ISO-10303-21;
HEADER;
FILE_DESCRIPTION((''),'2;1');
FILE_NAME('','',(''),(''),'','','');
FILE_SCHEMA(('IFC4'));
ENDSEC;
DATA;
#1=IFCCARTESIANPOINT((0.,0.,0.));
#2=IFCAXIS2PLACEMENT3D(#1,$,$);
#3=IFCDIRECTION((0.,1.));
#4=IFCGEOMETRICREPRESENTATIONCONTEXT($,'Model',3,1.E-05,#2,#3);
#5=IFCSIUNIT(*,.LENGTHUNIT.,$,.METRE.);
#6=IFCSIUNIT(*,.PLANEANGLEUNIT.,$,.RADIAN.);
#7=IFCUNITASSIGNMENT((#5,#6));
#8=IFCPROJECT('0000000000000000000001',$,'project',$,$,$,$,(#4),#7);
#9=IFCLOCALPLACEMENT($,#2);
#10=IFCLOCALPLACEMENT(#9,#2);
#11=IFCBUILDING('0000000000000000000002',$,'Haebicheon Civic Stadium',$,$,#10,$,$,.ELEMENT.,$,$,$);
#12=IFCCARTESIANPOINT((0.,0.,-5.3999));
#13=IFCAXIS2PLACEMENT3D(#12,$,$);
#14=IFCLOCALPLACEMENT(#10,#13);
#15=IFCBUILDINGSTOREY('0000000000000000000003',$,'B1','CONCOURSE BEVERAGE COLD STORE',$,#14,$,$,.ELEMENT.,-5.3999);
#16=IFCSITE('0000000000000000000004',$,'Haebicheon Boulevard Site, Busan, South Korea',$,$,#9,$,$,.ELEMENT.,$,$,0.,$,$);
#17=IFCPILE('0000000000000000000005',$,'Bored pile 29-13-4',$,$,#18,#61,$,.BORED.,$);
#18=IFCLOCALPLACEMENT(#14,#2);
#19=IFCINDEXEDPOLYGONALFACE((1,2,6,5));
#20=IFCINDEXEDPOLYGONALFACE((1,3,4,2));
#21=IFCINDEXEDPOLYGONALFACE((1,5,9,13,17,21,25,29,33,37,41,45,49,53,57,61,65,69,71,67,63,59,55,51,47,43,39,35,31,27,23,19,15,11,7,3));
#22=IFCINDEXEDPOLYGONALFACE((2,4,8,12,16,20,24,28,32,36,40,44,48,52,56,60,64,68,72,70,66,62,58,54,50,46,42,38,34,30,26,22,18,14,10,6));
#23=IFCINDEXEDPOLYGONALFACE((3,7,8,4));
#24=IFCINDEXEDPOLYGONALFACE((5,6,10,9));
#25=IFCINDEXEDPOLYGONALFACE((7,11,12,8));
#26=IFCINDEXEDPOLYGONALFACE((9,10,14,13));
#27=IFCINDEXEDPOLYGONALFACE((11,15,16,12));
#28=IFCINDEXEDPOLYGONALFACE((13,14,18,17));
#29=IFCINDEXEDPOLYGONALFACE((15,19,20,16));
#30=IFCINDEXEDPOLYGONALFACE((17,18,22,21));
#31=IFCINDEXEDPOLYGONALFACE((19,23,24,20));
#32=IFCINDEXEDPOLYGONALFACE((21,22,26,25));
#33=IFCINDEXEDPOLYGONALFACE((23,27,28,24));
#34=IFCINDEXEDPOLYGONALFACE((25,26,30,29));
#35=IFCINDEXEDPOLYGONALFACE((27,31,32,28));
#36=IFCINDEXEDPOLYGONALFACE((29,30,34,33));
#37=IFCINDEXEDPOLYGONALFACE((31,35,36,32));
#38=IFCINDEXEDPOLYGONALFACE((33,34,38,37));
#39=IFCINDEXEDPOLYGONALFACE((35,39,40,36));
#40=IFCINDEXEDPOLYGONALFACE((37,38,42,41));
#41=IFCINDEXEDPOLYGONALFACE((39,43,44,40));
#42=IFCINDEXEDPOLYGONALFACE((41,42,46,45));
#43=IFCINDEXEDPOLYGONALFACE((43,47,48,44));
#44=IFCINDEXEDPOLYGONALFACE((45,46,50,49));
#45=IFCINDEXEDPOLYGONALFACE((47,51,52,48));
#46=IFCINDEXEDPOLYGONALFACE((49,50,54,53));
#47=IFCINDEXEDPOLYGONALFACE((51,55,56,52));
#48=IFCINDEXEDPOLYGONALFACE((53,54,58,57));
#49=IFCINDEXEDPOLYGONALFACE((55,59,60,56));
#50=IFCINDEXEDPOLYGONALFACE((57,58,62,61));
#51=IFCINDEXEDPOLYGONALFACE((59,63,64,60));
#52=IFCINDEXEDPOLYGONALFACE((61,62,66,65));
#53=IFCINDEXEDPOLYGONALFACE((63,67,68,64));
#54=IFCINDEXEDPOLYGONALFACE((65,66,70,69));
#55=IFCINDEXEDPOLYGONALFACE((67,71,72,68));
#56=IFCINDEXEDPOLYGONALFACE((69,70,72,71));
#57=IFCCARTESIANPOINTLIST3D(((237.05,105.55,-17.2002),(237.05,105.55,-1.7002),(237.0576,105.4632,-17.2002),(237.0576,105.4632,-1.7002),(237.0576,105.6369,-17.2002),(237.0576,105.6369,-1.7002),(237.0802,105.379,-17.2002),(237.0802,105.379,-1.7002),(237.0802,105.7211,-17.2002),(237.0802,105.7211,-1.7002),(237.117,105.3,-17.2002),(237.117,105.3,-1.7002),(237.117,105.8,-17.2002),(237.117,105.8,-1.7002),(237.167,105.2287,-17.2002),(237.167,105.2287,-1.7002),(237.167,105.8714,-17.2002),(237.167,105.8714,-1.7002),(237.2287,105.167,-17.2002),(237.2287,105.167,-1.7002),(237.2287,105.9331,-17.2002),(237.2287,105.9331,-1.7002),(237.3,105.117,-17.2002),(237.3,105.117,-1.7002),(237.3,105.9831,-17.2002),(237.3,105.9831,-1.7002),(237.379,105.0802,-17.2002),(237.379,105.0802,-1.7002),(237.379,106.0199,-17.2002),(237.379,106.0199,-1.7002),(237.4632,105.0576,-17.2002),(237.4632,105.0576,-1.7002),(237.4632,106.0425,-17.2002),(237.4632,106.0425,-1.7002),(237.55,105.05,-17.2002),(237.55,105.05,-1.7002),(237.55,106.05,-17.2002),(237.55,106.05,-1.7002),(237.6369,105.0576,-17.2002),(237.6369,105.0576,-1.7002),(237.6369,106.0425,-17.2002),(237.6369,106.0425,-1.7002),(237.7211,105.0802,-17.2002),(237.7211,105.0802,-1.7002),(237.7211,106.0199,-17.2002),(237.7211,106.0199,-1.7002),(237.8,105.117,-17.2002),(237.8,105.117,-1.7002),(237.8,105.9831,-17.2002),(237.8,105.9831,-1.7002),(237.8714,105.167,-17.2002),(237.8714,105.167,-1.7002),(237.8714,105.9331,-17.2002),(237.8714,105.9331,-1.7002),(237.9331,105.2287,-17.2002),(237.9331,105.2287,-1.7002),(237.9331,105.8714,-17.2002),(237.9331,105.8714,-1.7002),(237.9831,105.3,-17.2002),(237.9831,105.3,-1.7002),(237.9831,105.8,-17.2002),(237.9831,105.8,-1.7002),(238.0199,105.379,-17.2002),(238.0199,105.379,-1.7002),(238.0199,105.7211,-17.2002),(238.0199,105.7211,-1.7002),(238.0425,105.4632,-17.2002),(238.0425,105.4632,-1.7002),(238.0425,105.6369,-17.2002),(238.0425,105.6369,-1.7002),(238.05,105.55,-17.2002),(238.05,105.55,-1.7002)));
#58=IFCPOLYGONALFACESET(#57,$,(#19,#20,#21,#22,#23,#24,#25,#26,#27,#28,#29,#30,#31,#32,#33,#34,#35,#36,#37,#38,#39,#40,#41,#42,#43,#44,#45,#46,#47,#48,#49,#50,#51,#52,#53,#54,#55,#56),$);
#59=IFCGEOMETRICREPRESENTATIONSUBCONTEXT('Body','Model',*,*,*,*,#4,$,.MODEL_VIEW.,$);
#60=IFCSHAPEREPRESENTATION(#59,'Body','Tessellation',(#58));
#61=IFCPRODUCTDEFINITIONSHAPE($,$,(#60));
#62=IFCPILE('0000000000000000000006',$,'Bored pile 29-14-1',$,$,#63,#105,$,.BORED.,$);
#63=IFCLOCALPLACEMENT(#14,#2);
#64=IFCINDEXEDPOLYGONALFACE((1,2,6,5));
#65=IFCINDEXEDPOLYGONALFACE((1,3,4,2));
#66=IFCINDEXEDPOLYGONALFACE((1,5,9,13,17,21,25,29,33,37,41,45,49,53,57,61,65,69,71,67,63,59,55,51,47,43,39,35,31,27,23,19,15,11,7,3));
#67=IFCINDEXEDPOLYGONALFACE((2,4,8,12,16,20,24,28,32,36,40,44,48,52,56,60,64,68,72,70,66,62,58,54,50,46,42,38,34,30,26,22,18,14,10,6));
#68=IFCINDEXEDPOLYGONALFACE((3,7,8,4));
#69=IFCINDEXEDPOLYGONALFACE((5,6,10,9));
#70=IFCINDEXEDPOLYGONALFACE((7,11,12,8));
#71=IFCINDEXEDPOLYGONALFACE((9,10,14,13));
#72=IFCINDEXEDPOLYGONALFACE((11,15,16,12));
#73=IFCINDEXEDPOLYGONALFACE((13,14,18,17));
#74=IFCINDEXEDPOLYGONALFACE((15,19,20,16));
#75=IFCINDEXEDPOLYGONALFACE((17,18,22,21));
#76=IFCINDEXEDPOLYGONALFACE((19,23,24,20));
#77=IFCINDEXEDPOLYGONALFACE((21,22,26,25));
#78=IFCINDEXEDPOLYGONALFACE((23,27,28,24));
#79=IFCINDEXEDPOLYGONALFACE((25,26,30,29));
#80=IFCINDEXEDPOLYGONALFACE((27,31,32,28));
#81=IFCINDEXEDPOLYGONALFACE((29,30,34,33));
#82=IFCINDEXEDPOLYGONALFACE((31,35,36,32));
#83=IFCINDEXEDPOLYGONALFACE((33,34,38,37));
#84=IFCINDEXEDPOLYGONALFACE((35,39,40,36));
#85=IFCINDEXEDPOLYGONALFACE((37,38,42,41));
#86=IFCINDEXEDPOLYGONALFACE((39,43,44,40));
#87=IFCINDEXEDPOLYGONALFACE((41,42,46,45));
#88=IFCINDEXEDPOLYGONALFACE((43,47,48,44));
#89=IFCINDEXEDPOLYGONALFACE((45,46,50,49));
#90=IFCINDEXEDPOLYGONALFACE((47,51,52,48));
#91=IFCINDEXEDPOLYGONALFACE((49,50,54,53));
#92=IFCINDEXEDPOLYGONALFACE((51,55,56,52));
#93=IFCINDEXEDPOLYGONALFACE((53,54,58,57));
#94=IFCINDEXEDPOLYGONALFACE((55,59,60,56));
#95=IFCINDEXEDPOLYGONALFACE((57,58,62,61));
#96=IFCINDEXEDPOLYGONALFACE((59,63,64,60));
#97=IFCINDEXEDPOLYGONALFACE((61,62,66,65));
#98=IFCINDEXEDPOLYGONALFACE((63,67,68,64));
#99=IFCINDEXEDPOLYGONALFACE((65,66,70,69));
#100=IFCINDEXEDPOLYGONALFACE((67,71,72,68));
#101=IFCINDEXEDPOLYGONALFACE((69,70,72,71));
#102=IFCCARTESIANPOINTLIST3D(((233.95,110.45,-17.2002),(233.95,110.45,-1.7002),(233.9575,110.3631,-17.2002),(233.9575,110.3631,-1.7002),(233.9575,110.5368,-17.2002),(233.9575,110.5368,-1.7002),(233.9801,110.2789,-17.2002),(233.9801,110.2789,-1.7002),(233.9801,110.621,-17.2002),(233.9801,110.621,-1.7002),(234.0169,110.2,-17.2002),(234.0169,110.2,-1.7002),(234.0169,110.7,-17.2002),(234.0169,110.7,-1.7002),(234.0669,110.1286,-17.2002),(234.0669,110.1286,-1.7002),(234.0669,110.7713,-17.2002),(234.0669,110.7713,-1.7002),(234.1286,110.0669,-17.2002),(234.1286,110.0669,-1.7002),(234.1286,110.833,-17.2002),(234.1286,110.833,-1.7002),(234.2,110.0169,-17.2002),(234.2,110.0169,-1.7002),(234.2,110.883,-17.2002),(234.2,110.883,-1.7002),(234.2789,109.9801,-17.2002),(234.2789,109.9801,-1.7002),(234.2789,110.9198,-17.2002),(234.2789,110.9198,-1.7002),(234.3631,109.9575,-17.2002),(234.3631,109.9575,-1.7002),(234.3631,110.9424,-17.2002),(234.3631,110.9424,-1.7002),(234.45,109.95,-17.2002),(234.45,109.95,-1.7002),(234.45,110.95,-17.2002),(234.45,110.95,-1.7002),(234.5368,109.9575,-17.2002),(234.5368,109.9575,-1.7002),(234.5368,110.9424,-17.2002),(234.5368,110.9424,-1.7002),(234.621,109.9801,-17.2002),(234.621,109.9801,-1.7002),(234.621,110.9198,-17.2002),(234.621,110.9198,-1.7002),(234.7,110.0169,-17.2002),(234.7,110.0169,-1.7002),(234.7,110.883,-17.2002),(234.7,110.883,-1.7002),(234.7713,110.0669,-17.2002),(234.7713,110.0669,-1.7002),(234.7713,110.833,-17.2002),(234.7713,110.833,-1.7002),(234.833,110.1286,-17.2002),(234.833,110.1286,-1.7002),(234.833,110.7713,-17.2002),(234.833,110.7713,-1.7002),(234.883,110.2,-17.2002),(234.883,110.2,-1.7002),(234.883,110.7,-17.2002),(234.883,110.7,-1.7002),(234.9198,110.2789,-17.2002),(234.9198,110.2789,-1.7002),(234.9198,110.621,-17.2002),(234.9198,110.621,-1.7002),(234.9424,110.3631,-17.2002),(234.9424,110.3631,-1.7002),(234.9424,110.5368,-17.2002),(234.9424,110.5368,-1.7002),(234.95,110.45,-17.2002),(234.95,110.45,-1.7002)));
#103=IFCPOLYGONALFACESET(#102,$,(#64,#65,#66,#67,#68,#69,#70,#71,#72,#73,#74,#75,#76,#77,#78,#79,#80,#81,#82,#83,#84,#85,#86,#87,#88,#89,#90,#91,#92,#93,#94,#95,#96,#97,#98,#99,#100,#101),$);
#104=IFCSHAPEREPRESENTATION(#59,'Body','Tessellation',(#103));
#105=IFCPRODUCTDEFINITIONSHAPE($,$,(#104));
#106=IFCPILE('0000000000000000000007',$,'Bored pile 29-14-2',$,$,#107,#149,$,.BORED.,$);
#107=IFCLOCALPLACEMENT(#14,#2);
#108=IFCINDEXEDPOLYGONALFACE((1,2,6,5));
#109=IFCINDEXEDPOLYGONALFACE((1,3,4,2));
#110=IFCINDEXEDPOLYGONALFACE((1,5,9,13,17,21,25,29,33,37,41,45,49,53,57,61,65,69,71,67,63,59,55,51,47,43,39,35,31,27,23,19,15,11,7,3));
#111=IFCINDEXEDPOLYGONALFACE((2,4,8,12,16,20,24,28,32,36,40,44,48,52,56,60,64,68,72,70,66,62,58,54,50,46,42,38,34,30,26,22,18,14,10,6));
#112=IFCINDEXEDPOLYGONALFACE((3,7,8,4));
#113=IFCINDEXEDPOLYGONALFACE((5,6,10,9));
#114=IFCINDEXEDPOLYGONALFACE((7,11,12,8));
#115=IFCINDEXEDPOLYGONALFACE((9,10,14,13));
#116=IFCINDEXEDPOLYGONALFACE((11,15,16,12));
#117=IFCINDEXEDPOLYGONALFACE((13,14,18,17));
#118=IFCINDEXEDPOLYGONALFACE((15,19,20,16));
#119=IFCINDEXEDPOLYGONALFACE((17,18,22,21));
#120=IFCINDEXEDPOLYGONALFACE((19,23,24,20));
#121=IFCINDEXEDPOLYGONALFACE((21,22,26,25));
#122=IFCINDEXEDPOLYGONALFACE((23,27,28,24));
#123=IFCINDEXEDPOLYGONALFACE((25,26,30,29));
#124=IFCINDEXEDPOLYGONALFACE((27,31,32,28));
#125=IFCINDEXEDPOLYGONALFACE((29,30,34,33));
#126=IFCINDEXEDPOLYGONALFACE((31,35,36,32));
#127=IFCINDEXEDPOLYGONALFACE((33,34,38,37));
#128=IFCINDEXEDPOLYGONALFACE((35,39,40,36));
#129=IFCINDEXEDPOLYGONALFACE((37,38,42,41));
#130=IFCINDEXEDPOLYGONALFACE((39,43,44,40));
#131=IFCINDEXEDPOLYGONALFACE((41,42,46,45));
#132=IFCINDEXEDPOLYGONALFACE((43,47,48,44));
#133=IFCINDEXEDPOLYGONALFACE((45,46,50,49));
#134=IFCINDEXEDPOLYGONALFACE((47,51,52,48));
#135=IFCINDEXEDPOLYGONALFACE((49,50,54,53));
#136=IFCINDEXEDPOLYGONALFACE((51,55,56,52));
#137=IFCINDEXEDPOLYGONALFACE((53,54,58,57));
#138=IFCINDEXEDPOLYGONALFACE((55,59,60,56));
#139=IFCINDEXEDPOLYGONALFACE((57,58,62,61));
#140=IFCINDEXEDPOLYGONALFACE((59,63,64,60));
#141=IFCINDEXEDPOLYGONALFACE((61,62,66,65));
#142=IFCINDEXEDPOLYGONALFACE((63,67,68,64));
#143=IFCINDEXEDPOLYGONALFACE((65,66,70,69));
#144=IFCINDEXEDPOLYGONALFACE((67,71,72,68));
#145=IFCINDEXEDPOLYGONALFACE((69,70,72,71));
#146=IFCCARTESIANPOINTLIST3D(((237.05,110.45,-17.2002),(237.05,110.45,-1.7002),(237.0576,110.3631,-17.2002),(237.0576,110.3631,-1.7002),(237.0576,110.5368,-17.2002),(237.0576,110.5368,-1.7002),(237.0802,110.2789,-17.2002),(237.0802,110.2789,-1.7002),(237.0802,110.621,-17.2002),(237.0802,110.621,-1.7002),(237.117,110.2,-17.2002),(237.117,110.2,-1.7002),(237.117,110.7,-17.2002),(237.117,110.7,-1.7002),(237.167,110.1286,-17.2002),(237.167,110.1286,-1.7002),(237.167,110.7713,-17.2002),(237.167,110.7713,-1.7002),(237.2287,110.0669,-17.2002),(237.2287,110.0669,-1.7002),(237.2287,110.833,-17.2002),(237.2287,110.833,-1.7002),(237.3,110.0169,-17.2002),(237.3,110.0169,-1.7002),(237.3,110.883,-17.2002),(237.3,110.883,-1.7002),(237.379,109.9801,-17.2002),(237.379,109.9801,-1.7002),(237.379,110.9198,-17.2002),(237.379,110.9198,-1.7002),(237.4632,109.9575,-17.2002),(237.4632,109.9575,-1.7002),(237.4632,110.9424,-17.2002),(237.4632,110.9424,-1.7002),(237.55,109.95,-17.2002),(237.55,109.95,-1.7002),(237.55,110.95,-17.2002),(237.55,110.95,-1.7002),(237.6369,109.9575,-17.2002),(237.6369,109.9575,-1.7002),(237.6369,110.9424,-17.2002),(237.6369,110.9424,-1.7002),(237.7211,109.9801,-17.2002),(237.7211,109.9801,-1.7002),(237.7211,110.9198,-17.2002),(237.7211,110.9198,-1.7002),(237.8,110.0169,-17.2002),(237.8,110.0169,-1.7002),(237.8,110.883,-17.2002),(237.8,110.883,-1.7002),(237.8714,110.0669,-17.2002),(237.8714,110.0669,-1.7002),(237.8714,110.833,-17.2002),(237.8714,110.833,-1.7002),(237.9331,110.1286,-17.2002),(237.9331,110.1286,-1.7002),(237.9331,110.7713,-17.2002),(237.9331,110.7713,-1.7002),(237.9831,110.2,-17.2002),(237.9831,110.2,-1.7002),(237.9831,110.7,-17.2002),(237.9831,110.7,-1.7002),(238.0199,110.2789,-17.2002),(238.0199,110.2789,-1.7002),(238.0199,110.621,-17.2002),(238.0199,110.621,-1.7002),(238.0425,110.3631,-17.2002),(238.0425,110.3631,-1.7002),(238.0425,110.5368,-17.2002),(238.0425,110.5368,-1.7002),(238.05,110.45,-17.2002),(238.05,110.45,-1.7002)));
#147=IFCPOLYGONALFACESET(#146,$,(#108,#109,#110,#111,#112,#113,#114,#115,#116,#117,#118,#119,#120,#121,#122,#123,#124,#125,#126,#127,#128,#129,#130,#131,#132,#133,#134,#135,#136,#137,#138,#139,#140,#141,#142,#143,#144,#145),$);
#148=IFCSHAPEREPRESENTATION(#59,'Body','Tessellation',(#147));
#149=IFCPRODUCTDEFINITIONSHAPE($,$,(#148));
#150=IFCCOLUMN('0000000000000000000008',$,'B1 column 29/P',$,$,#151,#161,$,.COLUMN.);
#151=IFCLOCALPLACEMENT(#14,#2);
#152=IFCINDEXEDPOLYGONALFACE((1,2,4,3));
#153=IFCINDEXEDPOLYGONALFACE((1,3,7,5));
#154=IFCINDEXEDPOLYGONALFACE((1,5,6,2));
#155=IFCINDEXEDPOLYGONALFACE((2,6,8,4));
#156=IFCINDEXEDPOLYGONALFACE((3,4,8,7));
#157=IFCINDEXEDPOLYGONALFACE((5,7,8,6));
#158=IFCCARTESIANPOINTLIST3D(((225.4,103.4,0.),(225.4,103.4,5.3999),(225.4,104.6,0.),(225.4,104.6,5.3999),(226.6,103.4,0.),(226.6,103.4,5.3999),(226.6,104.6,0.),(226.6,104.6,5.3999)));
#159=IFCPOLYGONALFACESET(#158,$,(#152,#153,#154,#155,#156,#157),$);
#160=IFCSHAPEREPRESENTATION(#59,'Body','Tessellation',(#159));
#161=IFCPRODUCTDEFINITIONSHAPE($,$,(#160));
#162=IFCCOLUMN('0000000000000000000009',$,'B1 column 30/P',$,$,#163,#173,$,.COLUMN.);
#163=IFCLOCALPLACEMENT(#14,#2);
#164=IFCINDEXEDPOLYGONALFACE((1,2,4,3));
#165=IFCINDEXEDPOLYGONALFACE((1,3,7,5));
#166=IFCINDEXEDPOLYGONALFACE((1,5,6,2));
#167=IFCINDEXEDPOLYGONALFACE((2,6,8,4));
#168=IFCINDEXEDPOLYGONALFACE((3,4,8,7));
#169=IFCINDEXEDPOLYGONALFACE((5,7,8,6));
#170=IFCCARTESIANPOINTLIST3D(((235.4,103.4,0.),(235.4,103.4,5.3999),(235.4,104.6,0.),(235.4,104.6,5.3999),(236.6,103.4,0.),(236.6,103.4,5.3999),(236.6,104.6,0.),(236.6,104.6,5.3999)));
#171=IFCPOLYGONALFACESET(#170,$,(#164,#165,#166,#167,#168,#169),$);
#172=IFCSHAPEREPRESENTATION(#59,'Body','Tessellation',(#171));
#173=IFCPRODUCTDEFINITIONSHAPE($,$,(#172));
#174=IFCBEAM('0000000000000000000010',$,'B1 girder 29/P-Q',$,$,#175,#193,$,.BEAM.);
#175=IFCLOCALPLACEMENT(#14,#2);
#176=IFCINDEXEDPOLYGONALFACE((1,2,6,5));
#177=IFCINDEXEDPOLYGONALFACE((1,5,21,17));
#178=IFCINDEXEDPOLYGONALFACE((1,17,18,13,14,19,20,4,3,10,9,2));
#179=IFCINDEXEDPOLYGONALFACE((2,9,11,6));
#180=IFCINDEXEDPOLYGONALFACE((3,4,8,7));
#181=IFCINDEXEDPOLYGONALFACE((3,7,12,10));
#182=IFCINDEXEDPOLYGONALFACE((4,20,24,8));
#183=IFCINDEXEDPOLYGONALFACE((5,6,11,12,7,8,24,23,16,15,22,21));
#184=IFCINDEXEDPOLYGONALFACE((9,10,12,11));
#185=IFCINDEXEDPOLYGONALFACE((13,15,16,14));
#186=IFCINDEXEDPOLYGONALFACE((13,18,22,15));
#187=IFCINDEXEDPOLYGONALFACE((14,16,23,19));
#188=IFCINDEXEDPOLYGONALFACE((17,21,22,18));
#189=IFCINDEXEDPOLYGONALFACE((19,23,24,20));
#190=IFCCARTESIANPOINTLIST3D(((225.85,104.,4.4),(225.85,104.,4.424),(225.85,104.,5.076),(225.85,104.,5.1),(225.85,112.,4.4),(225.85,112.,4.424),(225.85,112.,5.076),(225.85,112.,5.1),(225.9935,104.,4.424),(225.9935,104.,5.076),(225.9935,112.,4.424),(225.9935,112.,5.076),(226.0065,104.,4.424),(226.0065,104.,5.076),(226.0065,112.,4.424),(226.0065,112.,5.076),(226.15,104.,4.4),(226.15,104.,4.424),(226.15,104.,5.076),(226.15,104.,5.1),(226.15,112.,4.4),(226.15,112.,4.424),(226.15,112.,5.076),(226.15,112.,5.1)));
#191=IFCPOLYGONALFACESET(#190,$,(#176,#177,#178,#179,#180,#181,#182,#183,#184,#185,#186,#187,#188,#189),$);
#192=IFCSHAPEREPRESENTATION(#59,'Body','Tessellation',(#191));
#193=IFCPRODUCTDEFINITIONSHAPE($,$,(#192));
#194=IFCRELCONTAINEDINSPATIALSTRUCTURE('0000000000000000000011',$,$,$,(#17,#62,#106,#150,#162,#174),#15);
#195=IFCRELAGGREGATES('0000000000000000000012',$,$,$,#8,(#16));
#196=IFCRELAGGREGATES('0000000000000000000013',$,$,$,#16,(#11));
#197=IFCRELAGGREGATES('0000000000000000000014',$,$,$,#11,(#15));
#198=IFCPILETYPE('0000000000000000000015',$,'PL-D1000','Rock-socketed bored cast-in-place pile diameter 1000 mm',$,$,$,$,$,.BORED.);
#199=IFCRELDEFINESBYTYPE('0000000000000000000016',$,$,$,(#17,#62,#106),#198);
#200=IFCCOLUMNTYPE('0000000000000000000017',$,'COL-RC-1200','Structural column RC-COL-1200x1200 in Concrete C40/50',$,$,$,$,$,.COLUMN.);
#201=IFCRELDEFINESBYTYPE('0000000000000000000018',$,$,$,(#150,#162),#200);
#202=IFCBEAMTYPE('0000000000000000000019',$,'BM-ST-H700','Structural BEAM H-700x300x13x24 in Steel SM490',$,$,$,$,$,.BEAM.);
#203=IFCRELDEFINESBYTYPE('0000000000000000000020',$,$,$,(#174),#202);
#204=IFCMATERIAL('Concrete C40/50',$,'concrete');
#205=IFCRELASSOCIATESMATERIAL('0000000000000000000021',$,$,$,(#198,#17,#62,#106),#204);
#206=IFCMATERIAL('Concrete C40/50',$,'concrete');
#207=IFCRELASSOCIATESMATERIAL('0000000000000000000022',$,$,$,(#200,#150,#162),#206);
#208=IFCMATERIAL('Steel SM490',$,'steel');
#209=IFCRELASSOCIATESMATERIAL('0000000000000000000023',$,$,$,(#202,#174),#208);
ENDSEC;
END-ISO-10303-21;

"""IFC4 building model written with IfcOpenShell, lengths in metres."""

from ifc_helpers import new_model, si_unit, direction, frame, origin, origin_2d, place, context, subcontext, project, spatial, rectangle, circle, i_section, extrude, material, material_profile, profile_set, type_object, element, save


model = new_model("IFC4")

# Units and contexts
model_context = context("Model", 3, precision=1e-05, world=origin(), true_north=direction((0.0, 1.0)))
body_context = subcontext(model_context, "Body", "Model", "MODEL_VIEW")
ifc_project = project(units=[si_unit("LENGTHUNIT", "METRE"), si_unit("PLANEANGLEUNIT", "RADIAN")], contexts=[model_context])

# Site, building, storey
site_placement = place(None, origin())
site = spatial("IfcSite", under=ifc_project, at=site_placement, Name="Haebicheon Boulevard Site, Busan, South Korea", CompositionType="ELEMENT", RefElevation=0.0)
building_placement = place(site_placement, origin())
building = spatial("IfcBuilding", under=site, at=building_placement, Name="Haebicheon Civic Stadium", CompositionType="ELEMENT")
storey_placement = place(building_placement, frame((0.0, 0.0, -5.3999)))
storey = spatial("IfcBuildingStorey", under=building, at=storey_placement, Name="B1", Description="CONCOURSE BEVERAGE COLD STORE", CompositionType="ELEMENT", Elevation=-5.3999)

# Piles
ifc_material_1 = material(Name="Concrete C40/50", Category="concrete")
ifc_material_profile_1 = material_profile(ifc_material_1, circle(Radius=0.5, at=origin_2d()), Name="PILE-D1000")
ifc_profile_set_1 = profile_set([ifc_material_profile_1], Name="Concrete C40/50")
pile_type = type_object("IfcPileType", Name="PL-D1000", Description="Rock-socketed bored cast-in-place pile diameter 1000 mm", PredefinedType="BORED", material=ifc_profile_set_1)
for number, where, z_axis, x_axis, name in (
    (1, (237.55, 105.55, -1.7002), (0.0, 0.0, -1.0), (1.0, 0.0, 0.0), "Bored pile 29-13-4"),
    (2, (234.45, 110.45, -1.7002), (0.0, 0.0, -1.0), (1.0, 0.0, 0.0), "Bored pile 29-14-1"),
    (3, (237.55, 110.45, -1.7002), (0.0, 0.0, -1.0), (1.0, 0.0, 0.0), "Bored pile 29-14-2"),
):
    element("IfcPile", number, at=place(storey_placement, frame(where, z_axis=z_axis, x_axis=x_axis)), inside=storey, type_object=pile_type, material=ifc_profile_set_1, Name=name, PredefinedType="BORED", context=body_context, shape_type="SweptSolid", body=[
        extrude(circle(Radius=0.5, at=origin_2d()), origin(), (0.0, 0.0, 1.0), 15.5),
    ])

# Columns
ifc_material_2 = material(Name="Concrete C40/50", Category="concrete")
ifc_material_profile_2 = material_profile(ifc_material_2, rectangle(XDim=1.2, YDim=1.2, at=origin_2d()), Name="RC-COL-1200x1200")
ifc_profile_set_2 = profile_set([ifc_material_profile_2], Name="Concrete C40/50")
column_type = type_object("IfcColumnType", Name="COL-RC-1200", Description="Structural column RC-COL-1200x1200 in Concrete C40/50", PredefinedType="COLUMN", material=ifc_profile_set_2)
for number, where, z_axis, x_axis, name in (
    (4, (226.0, 104.0, 0.0), (0.0, 0.0, 1.0), (1.0, 0.0, 0.0), "B1 column 29/P"),
    (5, (236.0, 104.0, 0.0), (0.0, 0.0, 1.0), (1.0, 0.0, 0.0), "B1 column 30/P"),
):
    element("IfcColumn", number, at=place(storey_placement, frame(where, z_axis=z_axis, x_axis=x_axis)), inside=storey, type_object=column_type, material=ifc_profile_set_2, Name=name, PredefinedType="COLUMN", context=body_context, shape_type="SweptSolid", body=[
        extrude(rectangle(XDim=1.2, YDim=1.2, at=origin_2d()), origin(), (0.0, 0.0, 1.0), 5.3999),
    ])

# Beam
ifc_material_3 = material(Name="Steel SM490", Category="steel")
ifc_material_profile_3 = material_profile(ifc_material_3, i_section(OverallWidth=0.3, OverallDepth=0.7, WebThickness=0.0129, FlangeThickness=0.0239, at=origin_2d()), Name="H-700x300x13x24")
ifc_profile_set_3 = profile_set([ifc_material_profile_3], Name="Steel SM490")
beam_type_1 = type_object("IfcBeamType", Name="BM-ST-H700", Description="Structural BEAM H-700x300x13x24 in Steel SM490", PredefinedType="BEAM", material=ifc_profile_set_3)
beam_1_placement = place(storey_placement, frame((226.0, 104.0, 4.75), z_axis=(0.0, 1.0, 0.0), x_axis=(-1.0, 0.0, 0.0)))
element("IfcBeam", 6, at=beam_1_placement, inside=storey, type_object=beam_type_1, material=ifc_profile_set_3, Name="B1 girder 29/P-Q", PredefinedType="BEAM", context=body_context, shape_type="SweptSolid", body=[
    extrude(i_section(OverallWidth=0.3, OverallDepth=0.7, WebThickness=0.0129, FlangeThickness=0.0239, at=origin_2d()), origin(), (0.0, 0.0, 1.0), 8.0),
])

save(model, "model.ifc")
